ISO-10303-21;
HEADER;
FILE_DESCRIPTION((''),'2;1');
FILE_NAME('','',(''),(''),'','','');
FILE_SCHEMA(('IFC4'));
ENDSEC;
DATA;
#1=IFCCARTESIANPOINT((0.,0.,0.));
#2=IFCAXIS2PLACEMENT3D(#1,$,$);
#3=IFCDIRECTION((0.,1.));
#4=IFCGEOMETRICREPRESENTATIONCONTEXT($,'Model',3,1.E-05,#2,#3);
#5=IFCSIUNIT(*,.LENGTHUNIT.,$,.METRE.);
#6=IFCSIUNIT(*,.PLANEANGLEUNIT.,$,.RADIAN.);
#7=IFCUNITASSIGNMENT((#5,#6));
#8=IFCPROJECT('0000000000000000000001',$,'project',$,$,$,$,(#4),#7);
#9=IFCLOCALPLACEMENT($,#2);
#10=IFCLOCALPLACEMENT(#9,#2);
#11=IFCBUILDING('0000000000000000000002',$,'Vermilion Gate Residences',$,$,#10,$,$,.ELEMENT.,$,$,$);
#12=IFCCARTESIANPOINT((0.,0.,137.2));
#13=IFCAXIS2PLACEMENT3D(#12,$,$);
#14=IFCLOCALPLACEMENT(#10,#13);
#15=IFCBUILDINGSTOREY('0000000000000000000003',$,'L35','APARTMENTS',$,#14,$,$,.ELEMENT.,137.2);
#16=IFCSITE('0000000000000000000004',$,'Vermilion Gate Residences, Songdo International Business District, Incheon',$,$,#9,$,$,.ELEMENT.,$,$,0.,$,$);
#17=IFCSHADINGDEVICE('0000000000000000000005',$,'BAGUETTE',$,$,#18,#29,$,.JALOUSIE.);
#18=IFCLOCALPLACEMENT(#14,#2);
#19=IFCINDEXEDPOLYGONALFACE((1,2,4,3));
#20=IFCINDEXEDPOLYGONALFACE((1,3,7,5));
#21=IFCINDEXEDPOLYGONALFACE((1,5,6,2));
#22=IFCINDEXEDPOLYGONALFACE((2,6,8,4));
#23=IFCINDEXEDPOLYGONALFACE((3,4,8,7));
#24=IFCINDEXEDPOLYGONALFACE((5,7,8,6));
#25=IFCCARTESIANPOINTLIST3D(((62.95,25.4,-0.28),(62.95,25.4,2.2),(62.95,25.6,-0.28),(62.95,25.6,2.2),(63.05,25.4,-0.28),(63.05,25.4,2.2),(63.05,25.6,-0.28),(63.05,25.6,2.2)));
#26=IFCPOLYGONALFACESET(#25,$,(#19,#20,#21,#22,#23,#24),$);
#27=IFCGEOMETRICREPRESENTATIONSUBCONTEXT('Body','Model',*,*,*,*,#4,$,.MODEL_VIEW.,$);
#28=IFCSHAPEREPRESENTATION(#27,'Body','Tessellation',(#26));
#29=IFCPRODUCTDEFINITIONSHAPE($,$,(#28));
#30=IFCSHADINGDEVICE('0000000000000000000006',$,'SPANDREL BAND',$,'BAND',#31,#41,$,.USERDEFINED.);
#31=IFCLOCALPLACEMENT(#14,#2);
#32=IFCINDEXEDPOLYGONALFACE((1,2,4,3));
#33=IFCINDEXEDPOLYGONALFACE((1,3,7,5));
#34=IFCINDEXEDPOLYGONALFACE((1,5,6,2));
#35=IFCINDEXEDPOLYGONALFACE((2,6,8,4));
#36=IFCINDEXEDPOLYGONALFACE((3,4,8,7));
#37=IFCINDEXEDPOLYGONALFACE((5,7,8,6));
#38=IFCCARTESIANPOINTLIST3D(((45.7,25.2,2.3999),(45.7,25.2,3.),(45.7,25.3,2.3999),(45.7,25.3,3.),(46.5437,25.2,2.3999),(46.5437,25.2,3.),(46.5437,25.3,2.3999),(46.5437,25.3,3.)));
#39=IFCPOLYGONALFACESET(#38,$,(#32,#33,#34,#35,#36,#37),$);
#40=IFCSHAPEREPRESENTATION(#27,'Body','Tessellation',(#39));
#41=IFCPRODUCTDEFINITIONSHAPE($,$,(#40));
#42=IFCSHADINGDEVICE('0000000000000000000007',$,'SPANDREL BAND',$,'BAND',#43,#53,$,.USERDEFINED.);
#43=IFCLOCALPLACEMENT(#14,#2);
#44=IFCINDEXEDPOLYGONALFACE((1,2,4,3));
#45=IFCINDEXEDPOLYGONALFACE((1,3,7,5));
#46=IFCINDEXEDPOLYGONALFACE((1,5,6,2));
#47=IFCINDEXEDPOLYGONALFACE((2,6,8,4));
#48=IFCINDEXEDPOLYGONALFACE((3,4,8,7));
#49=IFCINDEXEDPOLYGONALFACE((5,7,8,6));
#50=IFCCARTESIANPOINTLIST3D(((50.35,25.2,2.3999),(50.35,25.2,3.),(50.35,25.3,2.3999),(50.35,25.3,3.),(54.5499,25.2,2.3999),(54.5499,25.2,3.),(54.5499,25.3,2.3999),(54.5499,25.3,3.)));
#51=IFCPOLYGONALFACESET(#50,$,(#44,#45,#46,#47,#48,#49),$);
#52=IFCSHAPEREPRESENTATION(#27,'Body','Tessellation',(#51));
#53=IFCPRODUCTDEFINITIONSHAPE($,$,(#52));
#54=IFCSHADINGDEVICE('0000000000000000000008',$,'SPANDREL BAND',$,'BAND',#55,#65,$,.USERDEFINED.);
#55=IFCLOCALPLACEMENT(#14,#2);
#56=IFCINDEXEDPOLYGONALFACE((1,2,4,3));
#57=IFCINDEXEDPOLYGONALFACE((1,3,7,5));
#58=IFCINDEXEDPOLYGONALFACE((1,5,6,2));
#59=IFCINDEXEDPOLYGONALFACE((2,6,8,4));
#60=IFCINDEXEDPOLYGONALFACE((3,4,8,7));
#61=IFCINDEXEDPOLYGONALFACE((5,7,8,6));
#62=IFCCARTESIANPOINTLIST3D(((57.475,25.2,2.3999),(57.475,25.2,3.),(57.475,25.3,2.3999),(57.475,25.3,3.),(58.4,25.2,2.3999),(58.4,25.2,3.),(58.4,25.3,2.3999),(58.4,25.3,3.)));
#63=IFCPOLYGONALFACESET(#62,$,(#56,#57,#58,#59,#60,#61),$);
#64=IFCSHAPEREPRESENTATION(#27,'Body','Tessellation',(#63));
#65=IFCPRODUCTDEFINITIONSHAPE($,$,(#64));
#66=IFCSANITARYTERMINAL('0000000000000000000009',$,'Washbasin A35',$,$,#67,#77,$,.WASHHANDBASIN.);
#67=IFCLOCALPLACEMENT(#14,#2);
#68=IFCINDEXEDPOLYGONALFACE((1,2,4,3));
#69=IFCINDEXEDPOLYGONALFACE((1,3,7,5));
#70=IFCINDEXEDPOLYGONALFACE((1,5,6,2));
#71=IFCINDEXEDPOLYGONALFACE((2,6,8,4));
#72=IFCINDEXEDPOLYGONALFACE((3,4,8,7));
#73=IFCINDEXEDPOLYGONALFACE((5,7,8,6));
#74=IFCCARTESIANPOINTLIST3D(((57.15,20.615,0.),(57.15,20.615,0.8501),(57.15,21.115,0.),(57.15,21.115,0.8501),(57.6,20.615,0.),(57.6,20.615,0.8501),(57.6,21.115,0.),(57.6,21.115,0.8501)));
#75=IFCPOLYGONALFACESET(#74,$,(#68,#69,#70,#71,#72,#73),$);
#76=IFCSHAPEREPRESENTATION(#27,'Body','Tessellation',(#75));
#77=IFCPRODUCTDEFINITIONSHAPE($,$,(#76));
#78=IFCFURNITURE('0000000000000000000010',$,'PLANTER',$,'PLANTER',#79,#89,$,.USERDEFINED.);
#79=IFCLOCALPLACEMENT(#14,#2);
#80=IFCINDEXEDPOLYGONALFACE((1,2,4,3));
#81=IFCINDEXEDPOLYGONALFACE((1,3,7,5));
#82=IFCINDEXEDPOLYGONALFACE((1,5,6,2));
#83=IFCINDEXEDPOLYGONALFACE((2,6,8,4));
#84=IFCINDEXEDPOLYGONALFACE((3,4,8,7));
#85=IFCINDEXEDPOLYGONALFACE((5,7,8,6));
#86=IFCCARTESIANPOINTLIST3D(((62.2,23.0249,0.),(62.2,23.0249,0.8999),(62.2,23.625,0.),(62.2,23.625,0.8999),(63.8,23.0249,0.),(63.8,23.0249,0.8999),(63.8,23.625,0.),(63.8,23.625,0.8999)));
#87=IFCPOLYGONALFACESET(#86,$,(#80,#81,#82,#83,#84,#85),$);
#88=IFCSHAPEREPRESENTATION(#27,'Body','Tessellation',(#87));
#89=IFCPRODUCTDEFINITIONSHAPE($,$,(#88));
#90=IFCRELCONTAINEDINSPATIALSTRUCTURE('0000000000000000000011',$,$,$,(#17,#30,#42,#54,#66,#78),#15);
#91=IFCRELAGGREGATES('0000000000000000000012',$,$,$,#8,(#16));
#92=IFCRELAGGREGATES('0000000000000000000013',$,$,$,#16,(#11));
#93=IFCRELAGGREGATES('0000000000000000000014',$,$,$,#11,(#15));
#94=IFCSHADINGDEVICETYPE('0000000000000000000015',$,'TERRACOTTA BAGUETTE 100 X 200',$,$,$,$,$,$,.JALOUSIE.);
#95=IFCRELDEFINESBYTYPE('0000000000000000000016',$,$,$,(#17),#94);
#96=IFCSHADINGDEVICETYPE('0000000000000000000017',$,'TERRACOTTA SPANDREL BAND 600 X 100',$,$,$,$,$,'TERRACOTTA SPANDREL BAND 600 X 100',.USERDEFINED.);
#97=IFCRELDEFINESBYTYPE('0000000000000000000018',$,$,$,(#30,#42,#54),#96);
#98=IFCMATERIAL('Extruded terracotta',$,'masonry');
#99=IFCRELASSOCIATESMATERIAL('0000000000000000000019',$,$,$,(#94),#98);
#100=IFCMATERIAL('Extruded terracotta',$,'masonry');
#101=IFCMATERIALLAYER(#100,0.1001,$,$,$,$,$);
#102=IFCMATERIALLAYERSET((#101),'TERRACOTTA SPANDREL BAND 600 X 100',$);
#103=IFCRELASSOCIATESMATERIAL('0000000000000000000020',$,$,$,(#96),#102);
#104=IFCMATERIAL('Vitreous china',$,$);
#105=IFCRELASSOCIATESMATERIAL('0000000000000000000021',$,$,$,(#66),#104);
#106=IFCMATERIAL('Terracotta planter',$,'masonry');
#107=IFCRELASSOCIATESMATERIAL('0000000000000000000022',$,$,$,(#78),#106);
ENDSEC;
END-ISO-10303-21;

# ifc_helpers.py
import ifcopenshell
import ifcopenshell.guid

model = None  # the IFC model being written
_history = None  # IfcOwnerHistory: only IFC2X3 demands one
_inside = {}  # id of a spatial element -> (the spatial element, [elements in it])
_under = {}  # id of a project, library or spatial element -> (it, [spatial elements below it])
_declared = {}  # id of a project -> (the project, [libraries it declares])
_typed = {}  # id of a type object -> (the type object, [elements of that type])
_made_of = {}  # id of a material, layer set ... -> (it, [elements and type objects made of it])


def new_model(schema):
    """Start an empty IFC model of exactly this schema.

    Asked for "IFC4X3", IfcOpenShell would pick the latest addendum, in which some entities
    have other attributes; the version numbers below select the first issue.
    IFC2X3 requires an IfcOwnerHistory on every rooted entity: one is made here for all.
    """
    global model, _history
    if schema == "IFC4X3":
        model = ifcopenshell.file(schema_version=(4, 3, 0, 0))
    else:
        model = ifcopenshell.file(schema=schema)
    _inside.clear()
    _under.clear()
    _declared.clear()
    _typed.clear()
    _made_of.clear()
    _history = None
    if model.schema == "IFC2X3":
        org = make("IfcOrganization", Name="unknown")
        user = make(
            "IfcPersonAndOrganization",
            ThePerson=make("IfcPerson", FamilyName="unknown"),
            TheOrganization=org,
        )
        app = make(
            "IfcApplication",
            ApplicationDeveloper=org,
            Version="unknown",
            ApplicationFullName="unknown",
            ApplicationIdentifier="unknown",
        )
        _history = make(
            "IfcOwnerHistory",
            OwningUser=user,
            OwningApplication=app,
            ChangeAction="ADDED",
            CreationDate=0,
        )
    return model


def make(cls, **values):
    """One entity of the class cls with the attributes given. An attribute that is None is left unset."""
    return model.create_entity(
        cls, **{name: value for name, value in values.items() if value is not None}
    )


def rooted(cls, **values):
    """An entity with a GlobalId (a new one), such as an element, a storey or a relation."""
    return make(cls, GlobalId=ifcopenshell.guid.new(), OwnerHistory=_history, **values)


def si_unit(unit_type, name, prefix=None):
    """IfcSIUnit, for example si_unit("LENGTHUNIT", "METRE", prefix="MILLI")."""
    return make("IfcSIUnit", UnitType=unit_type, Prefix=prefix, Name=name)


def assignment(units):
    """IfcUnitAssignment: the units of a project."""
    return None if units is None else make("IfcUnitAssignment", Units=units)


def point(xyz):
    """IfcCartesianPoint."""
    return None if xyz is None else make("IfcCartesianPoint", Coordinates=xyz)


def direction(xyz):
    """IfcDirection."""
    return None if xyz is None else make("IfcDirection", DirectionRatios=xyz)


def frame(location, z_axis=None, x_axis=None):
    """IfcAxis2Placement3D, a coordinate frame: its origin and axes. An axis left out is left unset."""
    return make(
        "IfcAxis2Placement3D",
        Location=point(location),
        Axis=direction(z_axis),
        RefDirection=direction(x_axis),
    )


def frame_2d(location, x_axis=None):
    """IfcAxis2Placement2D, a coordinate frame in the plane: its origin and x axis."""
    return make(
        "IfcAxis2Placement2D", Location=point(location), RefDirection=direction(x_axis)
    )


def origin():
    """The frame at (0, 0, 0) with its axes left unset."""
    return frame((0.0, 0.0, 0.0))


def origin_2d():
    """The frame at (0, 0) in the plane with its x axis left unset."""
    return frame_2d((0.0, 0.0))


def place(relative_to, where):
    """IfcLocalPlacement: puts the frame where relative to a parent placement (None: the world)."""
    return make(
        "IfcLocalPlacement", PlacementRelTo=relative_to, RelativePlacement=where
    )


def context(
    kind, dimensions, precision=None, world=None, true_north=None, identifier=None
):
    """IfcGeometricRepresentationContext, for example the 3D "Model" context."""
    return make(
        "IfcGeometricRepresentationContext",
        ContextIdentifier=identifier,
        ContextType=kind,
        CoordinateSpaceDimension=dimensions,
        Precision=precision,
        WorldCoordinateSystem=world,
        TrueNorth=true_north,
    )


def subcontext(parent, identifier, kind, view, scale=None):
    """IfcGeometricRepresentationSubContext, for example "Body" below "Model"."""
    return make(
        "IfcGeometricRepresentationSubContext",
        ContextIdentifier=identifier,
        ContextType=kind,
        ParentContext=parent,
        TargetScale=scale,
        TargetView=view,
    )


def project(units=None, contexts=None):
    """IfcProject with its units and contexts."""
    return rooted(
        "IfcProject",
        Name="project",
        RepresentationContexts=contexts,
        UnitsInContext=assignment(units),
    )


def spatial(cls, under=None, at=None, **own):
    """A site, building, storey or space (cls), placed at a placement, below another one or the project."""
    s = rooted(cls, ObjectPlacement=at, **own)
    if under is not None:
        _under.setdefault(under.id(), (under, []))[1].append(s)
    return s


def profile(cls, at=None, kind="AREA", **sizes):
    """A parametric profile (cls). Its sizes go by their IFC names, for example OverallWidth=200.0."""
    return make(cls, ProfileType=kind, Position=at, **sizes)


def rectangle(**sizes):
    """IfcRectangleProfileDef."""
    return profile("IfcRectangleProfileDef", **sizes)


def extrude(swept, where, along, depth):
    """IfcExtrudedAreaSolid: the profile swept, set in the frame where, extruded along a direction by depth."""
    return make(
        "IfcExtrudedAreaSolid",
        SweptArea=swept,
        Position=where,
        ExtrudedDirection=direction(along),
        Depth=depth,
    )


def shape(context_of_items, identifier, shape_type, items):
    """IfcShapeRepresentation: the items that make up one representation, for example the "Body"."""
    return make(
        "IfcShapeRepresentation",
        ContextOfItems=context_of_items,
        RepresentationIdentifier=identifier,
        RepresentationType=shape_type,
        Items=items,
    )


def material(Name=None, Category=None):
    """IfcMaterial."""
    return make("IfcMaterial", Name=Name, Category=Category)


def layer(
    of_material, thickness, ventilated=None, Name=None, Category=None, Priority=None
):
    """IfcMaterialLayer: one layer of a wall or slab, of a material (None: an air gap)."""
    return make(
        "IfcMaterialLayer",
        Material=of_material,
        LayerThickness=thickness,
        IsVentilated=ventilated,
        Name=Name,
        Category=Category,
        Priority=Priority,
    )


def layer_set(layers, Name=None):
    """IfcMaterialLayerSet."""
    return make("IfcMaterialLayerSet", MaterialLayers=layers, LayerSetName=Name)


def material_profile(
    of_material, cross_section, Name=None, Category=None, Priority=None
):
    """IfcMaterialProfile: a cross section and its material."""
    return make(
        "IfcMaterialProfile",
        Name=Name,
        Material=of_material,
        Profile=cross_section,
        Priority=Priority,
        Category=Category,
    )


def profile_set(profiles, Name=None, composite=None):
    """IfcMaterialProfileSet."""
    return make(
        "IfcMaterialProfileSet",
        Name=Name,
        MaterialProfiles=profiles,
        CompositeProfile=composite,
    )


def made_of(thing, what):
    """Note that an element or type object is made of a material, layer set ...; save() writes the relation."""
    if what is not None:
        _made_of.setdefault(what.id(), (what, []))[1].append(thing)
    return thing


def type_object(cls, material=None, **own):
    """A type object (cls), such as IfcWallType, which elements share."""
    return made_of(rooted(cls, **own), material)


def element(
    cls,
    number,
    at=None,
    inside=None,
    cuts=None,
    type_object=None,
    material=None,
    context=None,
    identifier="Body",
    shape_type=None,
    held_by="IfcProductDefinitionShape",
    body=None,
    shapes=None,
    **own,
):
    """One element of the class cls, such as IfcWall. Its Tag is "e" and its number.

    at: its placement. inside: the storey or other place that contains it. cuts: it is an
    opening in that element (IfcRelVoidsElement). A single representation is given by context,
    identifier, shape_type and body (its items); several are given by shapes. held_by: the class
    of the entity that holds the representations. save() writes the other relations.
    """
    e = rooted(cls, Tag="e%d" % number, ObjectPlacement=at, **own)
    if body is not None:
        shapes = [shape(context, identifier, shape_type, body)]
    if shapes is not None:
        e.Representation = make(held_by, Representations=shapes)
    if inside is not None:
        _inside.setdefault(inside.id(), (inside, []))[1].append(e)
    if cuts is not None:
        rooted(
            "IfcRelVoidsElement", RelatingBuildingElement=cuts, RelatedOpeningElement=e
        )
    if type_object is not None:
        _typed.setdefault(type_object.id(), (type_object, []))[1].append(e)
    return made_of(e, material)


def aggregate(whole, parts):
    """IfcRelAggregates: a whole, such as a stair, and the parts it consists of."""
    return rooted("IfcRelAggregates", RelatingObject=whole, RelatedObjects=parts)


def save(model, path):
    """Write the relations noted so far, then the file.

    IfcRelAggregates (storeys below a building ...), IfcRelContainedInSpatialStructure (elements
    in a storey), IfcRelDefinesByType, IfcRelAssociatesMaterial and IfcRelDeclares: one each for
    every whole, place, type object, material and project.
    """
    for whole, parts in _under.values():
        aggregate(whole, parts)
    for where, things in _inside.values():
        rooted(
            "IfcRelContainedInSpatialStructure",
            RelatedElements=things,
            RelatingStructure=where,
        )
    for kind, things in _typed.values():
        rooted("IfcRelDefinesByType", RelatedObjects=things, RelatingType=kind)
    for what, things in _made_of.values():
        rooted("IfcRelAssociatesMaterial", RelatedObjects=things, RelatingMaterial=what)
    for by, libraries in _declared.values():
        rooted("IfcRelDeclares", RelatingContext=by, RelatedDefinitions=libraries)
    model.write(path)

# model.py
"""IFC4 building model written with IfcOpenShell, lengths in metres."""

from ifc_helpers import new_model, si_unit, direction, frame, origin, origin_2d, place, context, subcontext, project, spatial, rectangle, extrude, material, layer, layer_set, material_profile, profile_set, type_object, element, save


model = new_model("IFC4")

# Units and contexts
model_context = context("Model", 3, precision=1e-05, world=origin(), true_north=direction((0.0, 1.0)))
body_context = subcontext(model_context, "Body", "Model", "MODEL_VIEW")
ifc_project = project(units=[si_unit("LENGTHUNIT", "METRE"), si_unit("PLANEANGLEUNIT", "RADIAN")], contexts=[model_context])

# Site, building, storey
site_placement = place(None, origin())
site = spatial("IfcSite", under=ifc_project, at=site_placement, Name="Vermilion Gate Residences, Songdo International Business District, Incheon", CompositionType="ELEMENT", RefElevation=0.0)
building_placement = place(site_placement, origin())
building = spatial("IfcBuilding", under=site, at=building_placement, Name="Vermilion Gate Residences", CompositionType="ELEMENT")
storey_placement = place(building_placement, frame((0.0, 0.0, 137.2)))
storey = spatial("IfcBuildingStorey", under=building, at=storey_placement, Name="L35", Description="APARTMENTS", CompositionType="ELEMENT", Elevation=137.2)

# Shading devices
ifc_material_1 = material(Name="Extruded terracotta", Category="masonry")
ifc_material_profile_1 = material_profile(ifc_material_1, rectangle(XDim=0.2, YDim=0.1001, at=origin_2d()), Name="BAGUETTE 100 X 200")
ifc_profile_set_1 = profile_set([ifc_material_profile_1], Name="Extruded terracotta")
shading_device_type_1 = type_object("IfcShadingDeviceType", Name="TERRACOTTA BAGUETTE 100 X 200", PredefinedType="JALOUSIE", material=ifc_profile_set_1)
for number, where, z_axis, x_axis, name in (
    (1, (63.0, 25.5, -0.28), (0.0, 0.0, 1.0), (0.0, -1.0, 0.0), "BAGUETTE"),
):
    element("IfcShadingDevice", number, at=place(storey_placement, frame(where, z_axis=z_axis, x_axis=x_axis)), inside=storey, type_object=shading_device_type_1, Name=name, PredefinedType="JALOUSIE", context=body_context, shape_type="SweptSolid", body=[
        extrude(rectangle(XDim=0.2, YDim=0.1001, at=origin_2d()), origin(), (0.0, 0.0, 1.0), 2.48),
    ])
ifc_material_2 = material(Name="Extruded terracotta", Category="masonry")
ifc_layer_1 = layer(ifc_material_2, 0.1001)
ifc_layer_set_1 = layer_set([ifc_layer_1], Name="TERRACOTTA SPANDREL BAND 600 X 100")
shading_device_type_2 = type_object("IfcShadingDeviceType", Name="TERRACOTTA SPANDREL BAND 600 X 100", ElementType="TERRACOTTA SPANDREL BAND 600 X 100", PredefinedType="USERDEFINED", material=ifc_layer_set_1)
shading_device_1_placement = place(storey_placement, frame((46.1218, 25.25, 2.3999), z_axis=(0.0, 0.0, 1.0), x_axis=(1.0, 0.0, 0.0)))
element("IfcShadingDevice", 2, at=shading_device_1_placement, inside=storey, type_object=shading_device_type_2, Name="SPANDREL BAND", ObjectType="BAND", PredefinedType="USERDEFINED", context=body_context, shape_type="SweptSolid", body=[
    extrude(rectangle(XDim=0.8438, YDim=0.1001, at=origin_2d()), origin(), (0.0, 0.0, 1.0), 0.6001),
])
shading_device_2_placement = place(storey_placement, frame((52.45, 25.25, 2.3999), z_axis=(0.0, 0.0, 1.0), x_axis=(1.0, 0.0, 0.0)))
element("IfcShadingDevice", 3, at=shading_device_2_placement, inside=storey, type_object=shading_device_type_2, Name="SPANDREL BAND", ObjectType="BAND", PredefinedType="USERDEFINED", context=body_context, shape_type="SweptSolid", body=[
    extrude(rectangle(XDim=4.2, YDim=0.1001, at=origin_2d()), origin(), (0.0, 0.0, 1.0), 0.6001),
])
shading_device_3_placement = place(storey_placement, frame((57.9375, 25.25, 2.3999), z_axis=(0.0, 0.0, 1.0), x_axis=(1.0, 0.0, 0.0)))
element("IfcShadingDevice", 4, at=shading_device_3_placement, inside=storey, type_object=shading_device_type_2, Name="SPANDREL BAND", ObjectType="BAND", PredefinedType="USERDEFINED", context=body_context, shape_type="SweptSolid", body=[
    extrude(rectangle(XDim=0.925, YDim=0.1001, at=origin_2d()), origin(), (0.0, 0.0, 1.0), 0.6001),
])

# Sanitary terminal
ifc_material_3 = material(Name="Vitreous china")
sanitary_terminal_placement = place(storey_placement, frame((57.375, 20.865, 0.0), z_axis=(0.0, 0.0, 1.0), x_axis=(1.0, 0.0, 0.0)))
element("IfcSanitaryTerminal", 5, at=sanitary_terminal_placement, inside=storey, material=ifc_material_3, Name="Washbasin A35", PredefinedType="WASHHANDBASIN", context=body_context, shape_type="SweptSolid", body=[
    extrude(rectangle(XDim=0.45, YDim=0.5, at=origin_2d()), origin(), (0.0, 0.0, 1.0), 0.8501),
])

# Furniture
ifc_material_4 = material(Name="Terracotta planter", Category="masonry")
furniture_placement = place(storey_placement, frame((63.0, 23.325, 0.0), z_axis=(0.0, 0.0, 1.0), x_axis=(-1.0, 0.0, 0.0)))
element("IfcFurniture", 6, at=furniture_placement, inside=storey, material=ifc_material_4, Name="PLANTER", ObjectType="PLANTER", PredefinedType="USERDEFINED", context=body_context, shape_type="SweptSolid", body=[
    extrude(rectangle(XDim=1.6001, YDim=0.6001, at=origin_2d()), origin(), (0.0, 0.0, 1.0), 0.8999),
])

save(model, "model.ifc")
